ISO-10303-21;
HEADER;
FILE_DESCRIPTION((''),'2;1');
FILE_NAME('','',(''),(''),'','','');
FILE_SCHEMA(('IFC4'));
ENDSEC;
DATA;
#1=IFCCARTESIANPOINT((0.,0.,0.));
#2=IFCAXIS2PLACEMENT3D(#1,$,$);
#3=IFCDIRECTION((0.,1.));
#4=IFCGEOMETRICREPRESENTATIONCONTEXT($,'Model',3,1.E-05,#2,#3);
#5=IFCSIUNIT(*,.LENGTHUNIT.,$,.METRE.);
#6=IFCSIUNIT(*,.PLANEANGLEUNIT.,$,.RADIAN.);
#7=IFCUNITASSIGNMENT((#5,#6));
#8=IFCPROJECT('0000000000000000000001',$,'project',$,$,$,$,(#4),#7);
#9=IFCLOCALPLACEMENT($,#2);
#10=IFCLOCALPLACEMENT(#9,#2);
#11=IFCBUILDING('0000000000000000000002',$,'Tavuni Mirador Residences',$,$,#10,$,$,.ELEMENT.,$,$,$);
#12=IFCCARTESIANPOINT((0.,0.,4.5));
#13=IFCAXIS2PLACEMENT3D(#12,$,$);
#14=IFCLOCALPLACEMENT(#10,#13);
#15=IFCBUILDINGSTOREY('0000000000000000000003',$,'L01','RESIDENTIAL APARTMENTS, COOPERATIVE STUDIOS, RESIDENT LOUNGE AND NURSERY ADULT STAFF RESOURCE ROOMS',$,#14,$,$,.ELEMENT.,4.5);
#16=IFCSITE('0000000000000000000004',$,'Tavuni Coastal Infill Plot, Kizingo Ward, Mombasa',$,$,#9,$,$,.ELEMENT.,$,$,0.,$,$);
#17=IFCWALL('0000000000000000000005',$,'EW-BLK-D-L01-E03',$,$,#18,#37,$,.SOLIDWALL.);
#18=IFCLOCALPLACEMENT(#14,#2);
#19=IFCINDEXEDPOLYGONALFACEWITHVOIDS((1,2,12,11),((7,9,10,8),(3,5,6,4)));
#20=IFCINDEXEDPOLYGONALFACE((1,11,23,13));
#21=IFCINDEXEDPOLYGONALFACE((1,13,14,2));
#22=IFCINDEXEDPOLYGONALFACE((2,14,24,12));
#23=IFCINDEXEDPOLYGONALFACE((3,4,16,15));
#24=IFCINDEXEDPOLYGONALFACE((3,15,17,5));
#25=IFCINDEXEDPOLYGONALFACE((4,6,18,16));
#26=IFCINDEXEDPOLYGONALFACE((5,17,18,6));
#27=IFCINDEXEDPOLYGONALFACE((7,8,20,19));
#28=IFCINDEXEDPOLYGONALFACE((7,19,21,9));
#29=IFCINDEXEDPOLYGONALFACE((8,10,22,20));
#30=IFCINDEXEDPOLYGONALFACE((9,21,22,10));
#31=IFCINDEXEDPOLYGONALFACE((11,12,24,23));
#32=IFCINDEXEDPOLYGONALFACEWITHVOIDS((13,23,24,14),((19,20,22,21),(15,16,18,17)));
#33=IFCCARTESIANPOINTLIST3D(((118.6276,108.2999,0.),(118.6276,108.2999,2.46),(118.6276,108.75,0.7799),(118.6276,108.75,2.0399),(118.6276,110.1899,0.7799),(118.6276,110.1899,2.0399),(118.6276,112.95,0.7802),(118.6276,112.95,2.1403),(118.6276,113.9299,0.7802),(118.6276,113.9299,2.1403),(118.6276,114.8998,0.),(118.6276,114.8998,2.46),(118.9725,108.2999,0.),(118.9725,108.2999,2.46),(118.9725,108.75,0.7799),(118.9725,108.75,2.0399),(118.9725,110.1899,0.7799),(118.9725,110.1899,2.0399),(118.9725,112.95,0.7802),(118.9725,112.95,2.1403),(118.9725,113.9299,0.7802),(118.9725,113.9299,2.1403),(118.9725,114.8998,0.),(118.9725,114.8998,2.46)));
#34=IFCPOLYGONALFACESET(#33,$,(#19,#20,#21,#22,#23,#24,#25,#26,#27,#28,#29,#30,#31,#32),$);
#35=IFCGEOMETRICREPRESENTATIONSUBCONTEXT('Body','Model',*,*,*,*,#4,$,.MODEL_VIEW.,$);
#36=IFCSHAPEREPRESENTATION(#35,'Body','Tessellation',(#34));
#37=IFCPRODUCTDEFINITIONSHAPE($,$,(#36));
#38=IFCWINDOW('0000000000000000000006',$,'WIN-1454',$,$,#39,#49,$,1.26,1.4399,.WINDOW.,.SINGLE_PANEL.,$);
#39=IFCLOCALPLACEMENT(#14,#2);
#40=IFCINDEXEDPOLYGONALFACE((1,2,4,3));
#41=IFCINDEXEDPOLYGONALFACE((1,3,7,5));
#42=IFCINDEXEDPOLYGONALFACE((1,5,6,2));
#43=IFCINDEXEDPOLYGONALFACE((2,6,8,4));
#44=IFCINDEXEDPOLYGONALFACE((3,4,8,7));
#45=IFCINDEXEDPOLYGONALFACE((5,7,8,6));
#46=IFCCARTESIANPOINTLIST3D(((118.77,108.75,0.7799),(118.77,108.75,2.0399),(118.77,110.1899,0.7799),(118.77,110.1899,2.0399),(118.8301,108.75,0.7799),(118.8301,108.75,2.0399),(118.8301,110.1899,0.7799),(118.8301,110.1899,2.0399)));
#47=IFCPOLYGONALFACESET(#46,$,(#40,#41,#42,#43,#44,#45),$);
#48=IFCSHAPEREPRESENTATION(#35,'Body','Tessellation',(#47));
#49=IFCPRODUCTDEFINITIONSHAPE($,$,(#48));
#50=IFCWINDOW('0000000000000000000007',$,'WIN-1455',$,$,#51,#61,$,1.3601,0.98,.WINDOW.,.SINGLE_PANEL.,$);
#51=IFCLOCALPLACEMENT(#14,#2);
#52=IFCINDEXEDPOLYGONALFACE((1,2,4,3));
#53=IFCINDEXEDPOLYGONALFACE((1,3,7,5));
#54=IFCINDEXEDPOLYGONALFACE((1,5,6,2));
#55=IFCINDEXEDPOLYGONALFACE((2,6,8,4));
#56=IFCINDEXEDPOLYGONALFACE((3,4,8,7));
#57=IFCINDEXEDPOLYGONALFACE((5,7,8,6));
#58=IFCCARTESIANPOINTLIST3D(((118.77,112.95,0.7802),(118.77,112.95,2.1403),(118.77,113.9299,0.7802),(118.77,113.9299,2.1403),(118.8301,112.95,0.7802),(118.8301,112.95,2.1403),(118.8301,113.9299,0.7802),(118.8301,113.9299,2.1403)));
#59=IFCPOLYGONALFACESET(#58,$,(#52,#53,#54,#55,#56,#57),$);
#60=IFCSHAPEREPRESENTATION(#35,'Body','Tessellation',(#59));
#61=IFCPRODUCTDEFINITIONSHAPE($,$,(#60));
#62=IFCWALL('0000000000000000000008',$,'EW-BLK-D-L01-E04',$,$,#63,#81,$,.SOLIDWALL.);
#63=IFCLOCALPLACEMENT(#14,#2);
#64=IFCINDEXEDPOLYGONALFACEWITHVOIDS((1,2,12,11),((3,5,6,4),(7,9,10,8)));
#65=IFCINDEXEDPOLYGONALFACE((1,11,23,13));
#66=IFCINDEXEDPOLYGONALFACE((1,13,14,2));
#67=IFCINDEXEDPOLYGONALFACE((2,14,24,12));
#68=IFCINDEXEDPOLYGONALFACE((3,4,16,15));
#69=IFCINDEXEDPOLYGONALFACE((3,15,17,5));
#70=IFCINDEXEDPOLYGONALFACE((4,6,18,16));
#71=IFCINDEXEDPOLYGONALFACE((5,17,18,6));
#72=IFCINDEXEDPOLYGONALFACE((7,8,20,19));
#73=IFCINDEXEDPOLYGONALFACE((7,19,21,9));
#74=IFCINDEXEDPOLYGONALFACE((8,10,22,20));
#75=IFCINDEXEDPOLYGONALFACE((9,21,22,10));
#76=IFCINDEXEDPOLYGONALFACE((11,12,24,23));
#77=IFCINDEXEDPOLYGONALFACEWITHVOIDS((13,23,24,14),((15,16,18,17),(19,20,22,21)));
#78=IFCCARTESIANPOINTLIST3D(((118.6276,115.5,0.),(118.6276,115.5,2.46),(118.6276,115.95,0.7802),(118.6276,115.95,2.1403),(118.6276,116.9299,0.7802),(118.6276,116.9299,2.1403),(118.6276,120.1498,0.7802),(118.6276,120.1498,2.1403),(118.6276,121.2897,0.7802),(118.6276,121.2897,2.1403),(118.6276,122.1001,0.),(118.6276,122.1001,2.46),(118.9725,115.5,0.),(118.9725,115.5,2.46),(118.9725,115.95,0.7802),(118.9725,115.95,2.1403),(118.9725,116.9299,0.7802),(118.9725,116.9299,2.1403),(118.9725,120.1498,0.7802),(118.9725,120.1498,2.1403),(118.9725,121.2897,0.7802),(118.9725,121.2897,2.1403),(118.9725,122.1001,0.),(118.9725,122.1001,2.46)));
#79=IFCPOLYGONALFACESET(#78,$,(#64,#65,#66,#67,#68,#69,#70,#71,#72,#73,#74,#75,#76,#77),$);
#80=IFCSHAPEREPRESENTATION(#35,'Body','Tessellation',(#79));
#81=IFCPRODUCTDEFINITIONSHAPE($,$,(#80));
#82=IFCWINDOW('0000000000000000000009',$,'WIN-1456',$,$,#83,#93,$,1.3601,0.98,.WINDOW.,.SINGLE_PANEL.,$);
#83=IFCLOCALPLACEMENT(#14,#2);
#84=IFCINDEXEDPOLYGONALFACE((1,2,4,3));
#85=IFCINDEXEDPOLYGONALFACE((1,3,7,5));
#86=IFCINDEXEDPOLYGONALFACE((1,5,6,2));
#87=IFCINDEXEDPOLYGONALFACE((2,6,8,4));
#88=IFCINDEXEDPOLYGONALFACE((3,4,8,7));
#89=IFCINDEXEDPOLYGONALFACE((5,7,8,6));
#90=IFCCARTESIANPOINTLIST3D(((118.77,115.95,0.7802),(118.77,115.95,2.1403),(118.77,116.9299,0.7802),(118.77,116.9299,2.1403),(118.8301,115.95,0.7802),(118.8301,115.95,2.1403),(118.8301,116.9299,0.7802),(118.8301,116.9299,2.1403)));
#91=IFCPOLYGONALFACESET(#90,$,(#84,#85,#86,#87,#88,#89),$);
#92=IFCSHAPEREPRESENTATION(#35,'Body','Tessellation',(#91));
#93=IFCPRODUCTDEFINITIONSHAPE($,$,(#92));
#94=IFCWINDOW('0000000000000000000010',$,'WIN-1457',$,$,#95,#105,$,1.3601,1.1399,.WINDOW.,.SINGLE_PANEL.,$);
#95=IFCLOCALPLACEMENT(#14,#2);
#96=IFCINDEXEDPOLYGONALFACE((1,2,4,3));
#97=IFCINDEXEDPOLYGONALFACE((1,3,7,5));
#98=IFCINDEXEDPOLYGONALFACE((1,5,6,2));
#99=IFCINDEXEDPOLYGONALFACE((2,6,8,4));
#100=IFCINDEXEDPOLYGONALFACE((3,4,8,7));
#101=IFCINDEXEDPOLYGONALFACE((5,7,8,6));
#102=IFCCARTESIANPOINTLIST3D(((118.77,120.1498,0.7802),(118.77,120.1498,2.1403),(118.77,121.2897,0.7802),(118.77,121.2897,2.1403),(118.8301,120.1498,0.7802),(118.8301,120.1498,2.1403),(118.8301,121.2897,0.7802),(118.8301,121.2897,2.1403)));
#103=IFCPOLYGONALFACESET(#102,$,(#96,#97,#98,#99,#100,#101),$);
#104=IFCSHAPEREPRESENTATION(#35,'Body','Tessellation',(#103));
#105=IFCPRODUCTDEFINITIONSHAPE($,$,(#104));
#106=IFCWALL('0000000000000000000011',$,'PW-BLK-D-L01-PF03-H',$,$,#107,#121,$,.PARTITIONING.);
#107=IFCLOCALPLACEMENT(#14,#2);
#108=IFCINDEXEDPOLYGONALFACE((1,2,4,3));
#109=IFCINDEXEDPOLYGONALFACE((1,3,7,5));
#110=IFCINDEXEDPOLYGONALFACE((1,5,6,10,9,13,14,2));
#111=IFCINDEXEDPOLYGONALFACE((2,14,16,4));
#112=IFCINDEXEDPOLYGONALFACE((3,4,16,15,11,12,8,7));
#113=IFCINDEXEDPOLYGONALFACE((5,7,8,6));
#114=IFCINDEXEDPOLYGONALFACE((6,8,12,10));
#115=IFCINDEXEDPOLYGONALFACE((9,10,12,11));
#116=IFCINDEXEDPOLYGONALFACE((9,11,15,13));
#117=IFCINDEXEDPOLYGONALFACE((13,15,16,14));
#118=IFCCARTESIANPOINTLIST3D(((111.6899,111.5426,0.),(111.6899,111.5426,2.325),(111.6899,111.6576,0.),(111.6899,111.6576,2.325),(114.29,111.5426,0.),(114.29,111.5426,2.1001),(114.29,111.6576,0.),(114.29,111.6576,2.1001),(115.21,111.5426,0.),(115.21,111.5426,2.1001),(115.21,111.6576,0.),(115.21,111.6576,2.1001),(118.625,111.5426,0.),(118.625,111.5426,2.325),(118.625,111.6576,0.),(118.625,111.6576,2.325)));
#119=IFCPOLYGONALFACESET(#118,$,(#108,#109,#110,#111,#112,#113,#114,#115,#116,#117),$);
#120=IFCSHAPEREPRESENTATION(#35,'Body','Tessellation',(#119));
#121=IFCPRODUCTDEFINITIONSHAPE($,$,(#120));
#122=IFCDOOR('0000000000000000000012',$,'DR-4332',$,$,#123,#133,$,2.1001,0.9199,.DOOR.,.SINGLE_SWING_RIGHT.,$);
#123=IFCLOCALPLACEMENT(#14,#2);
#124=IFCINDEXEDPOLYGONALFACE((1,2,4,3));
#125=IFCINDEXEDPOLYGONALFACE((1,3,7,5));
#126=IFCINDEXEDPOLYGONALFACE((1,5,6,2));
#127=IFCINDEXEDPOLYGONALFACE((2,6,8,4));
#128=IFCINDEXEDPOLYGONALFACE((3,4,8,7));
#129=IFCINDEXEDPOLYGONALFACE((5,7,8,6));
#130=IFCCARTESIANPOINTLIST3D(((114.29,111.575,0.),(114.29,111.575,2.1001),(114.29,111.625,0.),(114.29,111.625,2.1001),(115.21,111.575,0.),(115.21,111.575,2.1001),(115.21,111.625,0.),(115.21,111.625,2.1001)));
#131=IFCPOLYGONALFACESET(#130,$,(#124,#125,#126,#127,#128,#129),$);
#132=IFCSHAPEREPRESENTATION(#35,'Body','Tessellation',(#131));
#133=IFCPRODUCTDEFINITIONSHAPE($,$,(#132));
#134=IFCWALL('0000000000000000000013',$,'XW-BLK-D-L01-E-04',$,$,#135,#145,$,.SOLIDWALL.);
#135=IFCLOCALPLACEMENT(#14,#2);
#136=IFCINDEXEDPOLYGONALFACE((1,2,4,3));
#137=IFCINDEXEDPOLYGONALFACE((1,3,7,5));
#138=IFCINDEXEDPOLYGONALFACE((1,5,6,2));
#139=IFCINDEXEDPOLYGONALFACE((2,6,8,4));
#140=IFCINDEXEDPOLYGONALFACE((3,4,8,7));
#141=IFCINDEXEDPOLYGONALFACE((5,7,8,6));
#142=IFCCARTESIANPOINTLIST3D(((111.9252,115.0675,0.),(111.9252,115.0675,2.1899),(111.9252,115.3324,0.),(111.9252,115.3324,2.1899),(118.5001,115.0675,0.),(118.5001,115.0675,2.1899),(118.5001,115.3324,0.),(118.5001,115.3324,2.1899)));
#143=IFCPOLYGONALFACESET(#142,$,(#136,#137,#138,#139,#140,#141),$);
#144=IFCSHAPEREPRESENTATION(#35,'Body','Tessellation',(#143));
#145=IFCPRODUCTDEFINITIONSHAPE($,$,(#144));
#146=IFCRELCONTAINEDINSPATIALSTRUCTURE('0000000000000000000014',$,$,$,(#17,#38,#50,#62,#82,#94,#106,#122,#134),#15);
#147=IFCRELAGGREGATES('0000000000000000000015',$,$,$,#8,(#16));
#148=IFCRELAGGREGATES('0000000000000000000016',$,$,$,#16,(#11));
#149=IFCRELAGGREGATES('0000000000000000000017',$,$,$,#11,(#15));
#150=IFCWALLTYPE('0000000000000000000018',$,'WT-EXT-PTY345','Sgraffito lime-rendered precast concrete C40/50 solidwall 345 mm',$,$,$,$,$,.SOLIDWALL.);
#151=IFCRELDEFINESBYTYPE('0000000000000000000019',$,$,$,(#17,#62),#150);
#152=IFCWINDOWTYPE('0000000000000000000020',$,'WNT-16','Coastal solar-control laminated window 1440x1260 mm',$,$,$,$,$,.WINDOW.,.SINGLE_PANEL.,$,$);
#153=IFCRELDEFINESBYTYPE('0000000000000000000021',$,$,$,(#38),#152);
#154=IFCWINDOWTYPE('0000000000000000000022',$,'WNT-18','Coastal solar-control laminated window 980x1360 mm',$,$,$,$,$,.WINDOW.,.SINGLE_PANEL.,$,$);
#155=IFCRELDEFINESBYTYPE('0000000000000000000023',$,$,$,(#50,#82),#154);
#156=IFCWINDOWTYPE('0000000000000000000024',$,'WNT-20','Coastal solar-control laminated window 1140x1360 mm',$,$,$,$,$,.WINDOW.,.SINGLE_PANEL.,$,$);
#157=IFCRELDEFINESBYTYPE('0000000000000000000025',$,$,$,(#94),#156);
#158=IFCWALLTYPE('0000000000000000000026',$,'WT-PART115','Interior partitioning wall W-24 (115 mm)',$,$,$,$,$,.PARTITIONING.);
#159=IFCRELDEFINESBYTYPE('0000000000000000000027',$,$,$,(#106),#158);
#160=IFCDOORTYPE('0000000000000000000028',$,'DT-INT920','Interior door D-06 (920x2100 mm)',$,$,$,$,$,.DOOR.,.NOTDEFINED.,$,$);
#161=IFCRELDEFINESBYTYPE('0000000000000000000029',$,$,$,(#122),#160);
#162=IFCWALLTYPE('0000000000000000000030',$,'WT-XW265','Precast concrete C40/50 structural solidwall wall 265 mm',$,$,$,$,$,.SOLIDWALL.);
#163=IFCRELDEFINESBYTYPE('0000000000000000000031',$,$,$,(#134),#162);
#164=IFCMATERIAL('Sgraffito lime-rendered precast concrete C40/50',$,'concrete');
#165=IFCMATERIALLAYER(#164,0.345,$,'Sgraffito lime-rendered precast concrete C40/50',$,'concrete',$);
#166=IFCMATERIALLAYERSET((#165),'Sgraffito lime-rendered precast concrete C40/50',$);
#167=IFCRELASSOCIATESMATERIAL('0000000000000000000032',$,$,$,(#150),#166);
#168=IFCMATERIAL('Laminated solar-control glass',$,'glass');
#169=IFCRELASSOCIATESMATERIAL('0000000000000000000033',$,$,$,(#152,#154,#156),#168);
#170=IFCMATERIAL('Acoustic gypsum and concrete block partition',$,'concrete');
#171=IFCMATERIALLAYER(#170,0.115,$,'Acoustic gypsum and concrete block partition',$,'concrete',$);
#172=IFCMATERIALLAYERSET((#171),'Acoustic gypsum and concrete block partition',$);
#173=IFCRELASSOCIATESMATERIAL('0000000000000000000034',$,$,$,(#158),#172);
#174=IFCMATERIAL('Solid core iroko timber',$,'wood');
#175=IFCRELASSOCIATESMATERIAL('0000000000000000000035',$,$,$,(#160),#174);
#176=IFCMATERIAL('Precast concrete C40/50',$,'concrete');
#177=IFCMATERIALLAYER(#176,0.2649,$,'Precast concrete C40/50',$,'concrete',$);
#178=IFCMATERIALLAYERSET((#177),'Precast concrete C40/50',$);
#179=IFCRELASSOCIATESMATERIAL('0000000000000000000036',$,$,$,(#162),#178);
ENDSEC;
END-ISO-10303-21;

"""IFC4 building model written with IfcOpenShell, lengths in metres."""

from ifc_helpers import new_model, si_unit, direction, frame, frame_2d, origin, place, context, subcontext, project, spatial, rectangle, extrude, material, layer, layer_set, type_object, element, fill, save


model = new_model("IFC4")

# Units and contexts
model_context = context("Model", 3, precision=1e-05, world=origin(), true_north=direction((0.0, 1.0)))
body_context = subcontext(model_context, "Body", "Model", "MODEL_VIEW")
ifc_project = project(units=[si_unit("LENGTHUNIT", "METRE"), si_unit("PLANEANGLEUNIT", "RADIAN")], contexts=[model_context])

# Site, building, storey
site_placement = place(None, origin())
site = spatial("IfcSite", under=ifc_project, at=site_placement, Name="Tavuni Coastal Infill Plot, Kizingo Ward, Mombasa", CompositionType="ELEMENT", RefElevation=0.0)
building_placement = place(site_placement, origin())
building = spatial("IfcBuilding", under=site, at=building_placement, Name="Tavuni Mirador Residences", CompositionType="ELEMENT")
storey_placement = place(building_placement, frame((0.0, 0.0, 4.5)))
storey = spatial("IfcBuildingStorey", under=building, at=storey_placement, Name="L01", Description="RESIDENTIAL APARTMENTS, COOPERATIVE STUDIOS, RESIDENT LOUNGE AND NURSERY ADULT STAFF RESOURCE ROOMS", CompositionType="ELEMENT", Elevation=4.5)

# Shared definitions
ifc_material_1 = material(Name="Precast concrete C40/50", Category="concrete")

# Shared definitions
ifc_material_2 = material(Name="Solid core iroko timber", Category="wood")

# Walls, openings, windows
ifc_material_3 = material(Name="Sgraffito lime-rendered precast concrete C40/50", Category="concrete")
ifc_layer_1 = layer(ifc_material_3, 0.345, Name="Sgraffito lime-rendered precast concrete C40/50", Category="concrete")
ifc_layer_set_1 = layer_set([ifc_layer_1], Name="Sgraffito lime-rendered precast concrete C40/50")
wall_type_1 = type_object("IfcWallType", Name="WT-EXT-PTY345", Description="Sgraffito lime-rendered precast concrete C40/50 solidwall 345 mm", PredefinedType="SOLIDWALL", material=ifc_layer_set_1)
wall_1_placement = place(storey_placement, frame((118.8, 108.3, 0.0), z_axis=(0.0, 0.0, 1.0), x_axis=(0.0, 1.0, 0.0)))
wall_1 = element("IfcWall", 1, at=wall_1_placement, inside=storey, type_object=wall_type_1, Name="EW-BLK-D-L01-E03", PredefinedType="SOLIDWALL", context=body_context, shape_type="SweptSolid", body=[
    extrude(rectangle(XDim=6.5999, YDim=0.345, at=frame_2d((3.2998, 0.0))), origin(), (0.0, 0.0, 1.0), 2.46),
])
opening_1_placement = place(wall_1_placement, frame((0.45, 0.0, 0.78)))
opening_1 = element("IfcOpeningElement", 2, at=opening_1_placement, cuts=wall_1, PredefinedType="OPENING", context=body_context, shape_type="SweptSolid", body=[
    extrude(rectangle(XDim=1.4399, YDim=1.26, at=frame_2d((0.72, 0.6299))), frame((0.0, 0.1826, 0.0), z_axis=(0.0, -1.0, 0.0), x_axis=(1.0, 0.0, 0.0)), (0.0, 0.0, 1.0), 0.365),
])
opening_2_placement = place(wall_1_placement, frame((4.6499, 0.0, 0.78)))
opening_2 = element("IfcOpeningElement", 3, at=opening_2_placement, cuts=wall_1, PredefinedType="OPENING", context=body_context, shape_type="SweptSolid", body=[
    extrude(rectangle(XDim=0.98, YDim=1.3601, at=frame_2d((0.49, 0.6802))), frame((0.0, 0.1826, 0.0), z_axis=(0.0, -1.0, 0.0), x_axis=(1.0, 0.0, 0.0)), (0.0, 0.0, 1.0), 0.365),
])
ifc_material_4 = material(Name="Laminated solar-control glass", Category="glass")
window_type_1 = type_object("IfcWindowType", Name="WNT-16", Description="Coastal solar-control laminated window 1440x1260 mm", PartitioningType="SINGLE_PANEL", PredefinedType="WINDOW", material=ifc_material_4)
window_1_placement = place(opening_1_placement, origin())
window_1 = element("IfcWindow", 4, at=window_1_placement, inside=storey, type_object=window_type_1, Name="WIN-1454", OverallHeight=1.26, OverallWidth=1.4399, PartitioningType="SINGLE_PANEL", PredefinedType="WINDOW", context=body_context, shape_type="SweptSolid", body=[
    extrude(rectangle(XDim=1.4399, YDim=1.26, at=frame_2d((0.72, 0.6299))), frame((0.0, 0.03, 0.0), z_axis=(0.0, -1.0, 0.0), x_axis=(1.0, 0.0, 0.0)), (0.0, 0.0, 1.0), 0.0601),
])
fill(opening_1, window_1)
window_type_2 = type_object("IfcWindowType", Name="WNT-18", Description="Coastal solar-control laminated window 980x1360 mm", PartitioningType="SINGLE_PANEL", PredefinedType="WINDOW", material=ifc_material_4)
window_2_placement = place(opening_2_placement, origin())
window_2 = element("IfcWindow", 5, at=window_2_placement, inside=storey, type_object=window_type_2, Name="WIN-1455", OverallHeight=1.3601, OverallWidth=0.98, PartitioningType="SINGLE_PANEL", PredefinedType="WINDOW", context=body_context, shape_type="SweptSolid", body=[
    extrude(rectangle(XDim=0.98, YDim=1.3601, at=frame_2d((0.49, 0.6802))), frame((0.0, 0.03, 0.0), z_axis=(0.0, -1.0, 0.0), x_axis=(1.0, 0.0, 0.0)), (0.0, 0.0, 1.0), 0.0601),
])
fill(opening_2, window_2)
wall_2_placement = place(storey_placement, frame((118.8, 115.5, 0.0), z_axis=(0.0, 0.0, 1.0), x_axis=(0.0, 1.0, 0.0)))
wall_2 = element("IfcWall", 6, at=wall_2_placement, inside=storey, type_object=wall_type_1, Name="EW-BLK-D-L01-E04", PredefinedType="SOLIDWALL", context=body_context, shape_type="SweptSolid", body=[
    extrude(rectangle(XDim=6.6001, YDim=0.345, at=frame_2d((3.3, 0.0))), origin(), (0.0, 0.0, 1.0), 2.46),
])
opening_3_placement = place(wall_2_placement, frame((0.45, 0.0, 0.78)))
opening_3 = element("IfcOpeningElement", 7, at=opening_3_placement, cuts=wall_2, PredefinedType="OPENING", context=body_context, shape_type="SweptSolid", body=[
    extrude(rectangle(XDim=0.98, YDim=1.3601, at=frame_2d((0.49, 0.6802))), frame((0.0, 0.1826, 0.0), z_axis=(0.0, -1.0, 0.0), x_axis=(1.0, 0.0, 0.0)), (0.0, 0.0, 1.0), 0.365),
])
opening_4_placement = place(wall_2_placement, frame((4.6499, 0.0, 0.78)))
opening_4 = element("IfcOpeningElement", 8, at=opening_4_placement, cuts=wall_2, PredefinedType="OPENING", context=body_context, shape_type="SweptSolid", body=[
    extrude(rectangle(XDim=1.1399, YDim=1.3601, at=frame_2d((0.5698, 0.6802))), frame((0.0, 0.1826, 0.0), z_axis=(0.0, -1.0, 0.0), x_axis=(1.0, 0.0, 0.0)), (0.0, 0.0, 1.0), 0.365),
])
window_3_placement = place(opening_3_placement, origin())
window_3 = element("IfcWindow", 9, at=window_3_placement, inside=storey, type_object=window_type_2, Name="WIN-1456", OverallHeight=1.3601, OverallWidth=0.98, PartitioningType="SINGLE_PANEL", PredefinedType="WINDOW", context=body_context, shape_type="SweptSolid", body=[
    extrude(rectangle(XDim=0.98, YDim=1.3601, at=frame_2d((0.49, 0.6802))), frame((0.0, 0.03, 0.0), z_axis=(0.0, -1.0, 0.0), x_axis=(1.0, 0.0, 0.0)), (0.0, 0.0, 1.0), 0.0601),
])
fill(opening_3, window_3)
window_type_3 = type_object("IfcWindowType", Name="WNT-20", Description="Coastal solar-control laminated window 1140x1360 mm", PartitioningType="SINGLE_PANEL", PredefinedType="WINDOW", material=ifc_material_4)
window_4_placement = place(opening_4_placement, origin())
window_4 = element("IfcWindow", 10, at=window_4_placement, inside=storey, type_object=window_type_3, Name="WIN-1457", OverallHeight=1.3601, OverallWidth=1.1399, PartitioningType="SINGLE_PANEL", PredefinedType="WINDOW", context=body_context, shape_type="SweptSolid", body=[
    extrude(rectangle(XDim=1.1399, YDim=1.3601, at=frame_2d((0.5698, 0.6802))), frame((0.0, 0.03, 0.0), z_axis=(0.0, -1.0, 0.0), x_axis=(1.0, 0.0, 0.0)), (0.0, 0.0, 1.0), 0.0601),
])
fill(opening_4, window_4)

# Wall, opening, door
ifc_material_5 = material(Name="Acoustic gypsum and concrete block partition", Category="concrete")
ifc_layer_2 = layer(ifc_material_5, 0.115, Name="Acoustic gypsum and concrete block partition", Category="concrete")
ifc_layer_set_2 = layer_set([ifc_layer_2], Name="Acoustic gypsum and concrete block partition")
wall_type_2 = type_object("IfcWallType", Name="WT-PART115", Description="Interior partitioning wall W-24 (115 mm)", PredefinedType="PARTITIONING", material=ifc_layer_set_2)
wall_3_placement = place(storey_placement, frame((111.6899, 111.6001, 0.0), z_axis=(0.0, 0.0, 1.0), x_axis=(1.0, 0.0, 0.0)))
wall_3 = element("IfcWall", 11, at=wall_3_placement, inside=storey, type_object=wall_type_2, Name="PW-BLK-D-L01-PF03-H", PredefinedType="PARTITIONING", context=body_context, shape_type="SweptSolid", body=[
    extrude(rectangle(XDim=6.9351, YDim=0.115, at=frame_2d((3.4675, 0.0))), origin(), (0.0, 0.0, 1.0), 2.325),
])
opening_5_placement = place(wall_3_placement, frame((2.6001, 0.0, 0.0)))
opening_5 = element("IfcOpeningElement", 12, at=opening_5_placement, cuts=wall_3, PredefinedType="OPENING", context=body_context, shape_type="SweptSolid", body=[
    extrude(rectangle(XDim=0.9199, YDim=2.1001, at=frame_2d((0.46, 1.05))), frame((0.0, 0.0674, 0.0), z_axis=(0.0, -1.0, 0.0), x_axis=(1.0, 0.0, 0.0)), (0.0, 0.0, 1.0), 0.135),
])
door_type_1 = type_object("IfcDoorType", Name="DT-INT920", Description="Interior door D-06 (920x2100 mm)", OperationType="NOTDEFINED", PredefinedType="DOOR", material=ifc_material_2)
door_1_placement = place(opening_5_placement, origin())
door_1 = element("IfcDoor", 13, at=door_1_placement, inside=storey, type_object=door_type_1, Name="DR-4332", OperationType="SINGLE_SWING_RIGHT", OverallHeight=2.1001, OverallWidth=0.9199, PredefinedType="DOOR", context=body_context, shape_type="SweptSolid", body=[
    extrude(rectangle(XDim=0.9199, YDim=2.1001, at=frame_2d((0.46, 1.05))), frame((0.0, 0.0249, 0.0), z_axis=(0.0, -1.0, 0.0), x_axis=(1.0, 0.0, 0.0)), (0.0, 0.0, 1.0), 0.05),
])
fill(opening_5, door_1)

# Wall
ifc_layer_3 = layer(ifc_material_1, 0.2649, Name="Precast concrete C40/50", Category="concrete")
ifc_layer_set_3 = layer_set([ifc_layer_3], Name="Precast concrete C40/50")
wall_type_3 = type_object("IfcWallType", Name="WT-XW265", Description="Precast concrete C40/50 structural solidwall wall 265 mm", PredefinedType="SOLIDWALL", material=ifc_layer_set_3)
wall_4_placement = place(storey_placement, frame((111.925, 115.2, 0.0), z_axis=(0.0, 0.0, 1.0), x_axis=(1.0, 0.0, 0.0)))
element("IfcWall", 14, at=wall_4_placement, inside=storey, type_object=wall_type_3, Name="XW-BLK-D-L01-E-04", PredefinedType="SOLIDWALL", context=body_context, shape_type="SweptSolid", body=[
    extrude(rectangle(XDim=6.575, YDim=0.2649, at=frame_2d((3.2876, 0.0))), origin(), (0.0, 0.0, 1.0), 2.1899),
])

save(model, "model.ifc")
